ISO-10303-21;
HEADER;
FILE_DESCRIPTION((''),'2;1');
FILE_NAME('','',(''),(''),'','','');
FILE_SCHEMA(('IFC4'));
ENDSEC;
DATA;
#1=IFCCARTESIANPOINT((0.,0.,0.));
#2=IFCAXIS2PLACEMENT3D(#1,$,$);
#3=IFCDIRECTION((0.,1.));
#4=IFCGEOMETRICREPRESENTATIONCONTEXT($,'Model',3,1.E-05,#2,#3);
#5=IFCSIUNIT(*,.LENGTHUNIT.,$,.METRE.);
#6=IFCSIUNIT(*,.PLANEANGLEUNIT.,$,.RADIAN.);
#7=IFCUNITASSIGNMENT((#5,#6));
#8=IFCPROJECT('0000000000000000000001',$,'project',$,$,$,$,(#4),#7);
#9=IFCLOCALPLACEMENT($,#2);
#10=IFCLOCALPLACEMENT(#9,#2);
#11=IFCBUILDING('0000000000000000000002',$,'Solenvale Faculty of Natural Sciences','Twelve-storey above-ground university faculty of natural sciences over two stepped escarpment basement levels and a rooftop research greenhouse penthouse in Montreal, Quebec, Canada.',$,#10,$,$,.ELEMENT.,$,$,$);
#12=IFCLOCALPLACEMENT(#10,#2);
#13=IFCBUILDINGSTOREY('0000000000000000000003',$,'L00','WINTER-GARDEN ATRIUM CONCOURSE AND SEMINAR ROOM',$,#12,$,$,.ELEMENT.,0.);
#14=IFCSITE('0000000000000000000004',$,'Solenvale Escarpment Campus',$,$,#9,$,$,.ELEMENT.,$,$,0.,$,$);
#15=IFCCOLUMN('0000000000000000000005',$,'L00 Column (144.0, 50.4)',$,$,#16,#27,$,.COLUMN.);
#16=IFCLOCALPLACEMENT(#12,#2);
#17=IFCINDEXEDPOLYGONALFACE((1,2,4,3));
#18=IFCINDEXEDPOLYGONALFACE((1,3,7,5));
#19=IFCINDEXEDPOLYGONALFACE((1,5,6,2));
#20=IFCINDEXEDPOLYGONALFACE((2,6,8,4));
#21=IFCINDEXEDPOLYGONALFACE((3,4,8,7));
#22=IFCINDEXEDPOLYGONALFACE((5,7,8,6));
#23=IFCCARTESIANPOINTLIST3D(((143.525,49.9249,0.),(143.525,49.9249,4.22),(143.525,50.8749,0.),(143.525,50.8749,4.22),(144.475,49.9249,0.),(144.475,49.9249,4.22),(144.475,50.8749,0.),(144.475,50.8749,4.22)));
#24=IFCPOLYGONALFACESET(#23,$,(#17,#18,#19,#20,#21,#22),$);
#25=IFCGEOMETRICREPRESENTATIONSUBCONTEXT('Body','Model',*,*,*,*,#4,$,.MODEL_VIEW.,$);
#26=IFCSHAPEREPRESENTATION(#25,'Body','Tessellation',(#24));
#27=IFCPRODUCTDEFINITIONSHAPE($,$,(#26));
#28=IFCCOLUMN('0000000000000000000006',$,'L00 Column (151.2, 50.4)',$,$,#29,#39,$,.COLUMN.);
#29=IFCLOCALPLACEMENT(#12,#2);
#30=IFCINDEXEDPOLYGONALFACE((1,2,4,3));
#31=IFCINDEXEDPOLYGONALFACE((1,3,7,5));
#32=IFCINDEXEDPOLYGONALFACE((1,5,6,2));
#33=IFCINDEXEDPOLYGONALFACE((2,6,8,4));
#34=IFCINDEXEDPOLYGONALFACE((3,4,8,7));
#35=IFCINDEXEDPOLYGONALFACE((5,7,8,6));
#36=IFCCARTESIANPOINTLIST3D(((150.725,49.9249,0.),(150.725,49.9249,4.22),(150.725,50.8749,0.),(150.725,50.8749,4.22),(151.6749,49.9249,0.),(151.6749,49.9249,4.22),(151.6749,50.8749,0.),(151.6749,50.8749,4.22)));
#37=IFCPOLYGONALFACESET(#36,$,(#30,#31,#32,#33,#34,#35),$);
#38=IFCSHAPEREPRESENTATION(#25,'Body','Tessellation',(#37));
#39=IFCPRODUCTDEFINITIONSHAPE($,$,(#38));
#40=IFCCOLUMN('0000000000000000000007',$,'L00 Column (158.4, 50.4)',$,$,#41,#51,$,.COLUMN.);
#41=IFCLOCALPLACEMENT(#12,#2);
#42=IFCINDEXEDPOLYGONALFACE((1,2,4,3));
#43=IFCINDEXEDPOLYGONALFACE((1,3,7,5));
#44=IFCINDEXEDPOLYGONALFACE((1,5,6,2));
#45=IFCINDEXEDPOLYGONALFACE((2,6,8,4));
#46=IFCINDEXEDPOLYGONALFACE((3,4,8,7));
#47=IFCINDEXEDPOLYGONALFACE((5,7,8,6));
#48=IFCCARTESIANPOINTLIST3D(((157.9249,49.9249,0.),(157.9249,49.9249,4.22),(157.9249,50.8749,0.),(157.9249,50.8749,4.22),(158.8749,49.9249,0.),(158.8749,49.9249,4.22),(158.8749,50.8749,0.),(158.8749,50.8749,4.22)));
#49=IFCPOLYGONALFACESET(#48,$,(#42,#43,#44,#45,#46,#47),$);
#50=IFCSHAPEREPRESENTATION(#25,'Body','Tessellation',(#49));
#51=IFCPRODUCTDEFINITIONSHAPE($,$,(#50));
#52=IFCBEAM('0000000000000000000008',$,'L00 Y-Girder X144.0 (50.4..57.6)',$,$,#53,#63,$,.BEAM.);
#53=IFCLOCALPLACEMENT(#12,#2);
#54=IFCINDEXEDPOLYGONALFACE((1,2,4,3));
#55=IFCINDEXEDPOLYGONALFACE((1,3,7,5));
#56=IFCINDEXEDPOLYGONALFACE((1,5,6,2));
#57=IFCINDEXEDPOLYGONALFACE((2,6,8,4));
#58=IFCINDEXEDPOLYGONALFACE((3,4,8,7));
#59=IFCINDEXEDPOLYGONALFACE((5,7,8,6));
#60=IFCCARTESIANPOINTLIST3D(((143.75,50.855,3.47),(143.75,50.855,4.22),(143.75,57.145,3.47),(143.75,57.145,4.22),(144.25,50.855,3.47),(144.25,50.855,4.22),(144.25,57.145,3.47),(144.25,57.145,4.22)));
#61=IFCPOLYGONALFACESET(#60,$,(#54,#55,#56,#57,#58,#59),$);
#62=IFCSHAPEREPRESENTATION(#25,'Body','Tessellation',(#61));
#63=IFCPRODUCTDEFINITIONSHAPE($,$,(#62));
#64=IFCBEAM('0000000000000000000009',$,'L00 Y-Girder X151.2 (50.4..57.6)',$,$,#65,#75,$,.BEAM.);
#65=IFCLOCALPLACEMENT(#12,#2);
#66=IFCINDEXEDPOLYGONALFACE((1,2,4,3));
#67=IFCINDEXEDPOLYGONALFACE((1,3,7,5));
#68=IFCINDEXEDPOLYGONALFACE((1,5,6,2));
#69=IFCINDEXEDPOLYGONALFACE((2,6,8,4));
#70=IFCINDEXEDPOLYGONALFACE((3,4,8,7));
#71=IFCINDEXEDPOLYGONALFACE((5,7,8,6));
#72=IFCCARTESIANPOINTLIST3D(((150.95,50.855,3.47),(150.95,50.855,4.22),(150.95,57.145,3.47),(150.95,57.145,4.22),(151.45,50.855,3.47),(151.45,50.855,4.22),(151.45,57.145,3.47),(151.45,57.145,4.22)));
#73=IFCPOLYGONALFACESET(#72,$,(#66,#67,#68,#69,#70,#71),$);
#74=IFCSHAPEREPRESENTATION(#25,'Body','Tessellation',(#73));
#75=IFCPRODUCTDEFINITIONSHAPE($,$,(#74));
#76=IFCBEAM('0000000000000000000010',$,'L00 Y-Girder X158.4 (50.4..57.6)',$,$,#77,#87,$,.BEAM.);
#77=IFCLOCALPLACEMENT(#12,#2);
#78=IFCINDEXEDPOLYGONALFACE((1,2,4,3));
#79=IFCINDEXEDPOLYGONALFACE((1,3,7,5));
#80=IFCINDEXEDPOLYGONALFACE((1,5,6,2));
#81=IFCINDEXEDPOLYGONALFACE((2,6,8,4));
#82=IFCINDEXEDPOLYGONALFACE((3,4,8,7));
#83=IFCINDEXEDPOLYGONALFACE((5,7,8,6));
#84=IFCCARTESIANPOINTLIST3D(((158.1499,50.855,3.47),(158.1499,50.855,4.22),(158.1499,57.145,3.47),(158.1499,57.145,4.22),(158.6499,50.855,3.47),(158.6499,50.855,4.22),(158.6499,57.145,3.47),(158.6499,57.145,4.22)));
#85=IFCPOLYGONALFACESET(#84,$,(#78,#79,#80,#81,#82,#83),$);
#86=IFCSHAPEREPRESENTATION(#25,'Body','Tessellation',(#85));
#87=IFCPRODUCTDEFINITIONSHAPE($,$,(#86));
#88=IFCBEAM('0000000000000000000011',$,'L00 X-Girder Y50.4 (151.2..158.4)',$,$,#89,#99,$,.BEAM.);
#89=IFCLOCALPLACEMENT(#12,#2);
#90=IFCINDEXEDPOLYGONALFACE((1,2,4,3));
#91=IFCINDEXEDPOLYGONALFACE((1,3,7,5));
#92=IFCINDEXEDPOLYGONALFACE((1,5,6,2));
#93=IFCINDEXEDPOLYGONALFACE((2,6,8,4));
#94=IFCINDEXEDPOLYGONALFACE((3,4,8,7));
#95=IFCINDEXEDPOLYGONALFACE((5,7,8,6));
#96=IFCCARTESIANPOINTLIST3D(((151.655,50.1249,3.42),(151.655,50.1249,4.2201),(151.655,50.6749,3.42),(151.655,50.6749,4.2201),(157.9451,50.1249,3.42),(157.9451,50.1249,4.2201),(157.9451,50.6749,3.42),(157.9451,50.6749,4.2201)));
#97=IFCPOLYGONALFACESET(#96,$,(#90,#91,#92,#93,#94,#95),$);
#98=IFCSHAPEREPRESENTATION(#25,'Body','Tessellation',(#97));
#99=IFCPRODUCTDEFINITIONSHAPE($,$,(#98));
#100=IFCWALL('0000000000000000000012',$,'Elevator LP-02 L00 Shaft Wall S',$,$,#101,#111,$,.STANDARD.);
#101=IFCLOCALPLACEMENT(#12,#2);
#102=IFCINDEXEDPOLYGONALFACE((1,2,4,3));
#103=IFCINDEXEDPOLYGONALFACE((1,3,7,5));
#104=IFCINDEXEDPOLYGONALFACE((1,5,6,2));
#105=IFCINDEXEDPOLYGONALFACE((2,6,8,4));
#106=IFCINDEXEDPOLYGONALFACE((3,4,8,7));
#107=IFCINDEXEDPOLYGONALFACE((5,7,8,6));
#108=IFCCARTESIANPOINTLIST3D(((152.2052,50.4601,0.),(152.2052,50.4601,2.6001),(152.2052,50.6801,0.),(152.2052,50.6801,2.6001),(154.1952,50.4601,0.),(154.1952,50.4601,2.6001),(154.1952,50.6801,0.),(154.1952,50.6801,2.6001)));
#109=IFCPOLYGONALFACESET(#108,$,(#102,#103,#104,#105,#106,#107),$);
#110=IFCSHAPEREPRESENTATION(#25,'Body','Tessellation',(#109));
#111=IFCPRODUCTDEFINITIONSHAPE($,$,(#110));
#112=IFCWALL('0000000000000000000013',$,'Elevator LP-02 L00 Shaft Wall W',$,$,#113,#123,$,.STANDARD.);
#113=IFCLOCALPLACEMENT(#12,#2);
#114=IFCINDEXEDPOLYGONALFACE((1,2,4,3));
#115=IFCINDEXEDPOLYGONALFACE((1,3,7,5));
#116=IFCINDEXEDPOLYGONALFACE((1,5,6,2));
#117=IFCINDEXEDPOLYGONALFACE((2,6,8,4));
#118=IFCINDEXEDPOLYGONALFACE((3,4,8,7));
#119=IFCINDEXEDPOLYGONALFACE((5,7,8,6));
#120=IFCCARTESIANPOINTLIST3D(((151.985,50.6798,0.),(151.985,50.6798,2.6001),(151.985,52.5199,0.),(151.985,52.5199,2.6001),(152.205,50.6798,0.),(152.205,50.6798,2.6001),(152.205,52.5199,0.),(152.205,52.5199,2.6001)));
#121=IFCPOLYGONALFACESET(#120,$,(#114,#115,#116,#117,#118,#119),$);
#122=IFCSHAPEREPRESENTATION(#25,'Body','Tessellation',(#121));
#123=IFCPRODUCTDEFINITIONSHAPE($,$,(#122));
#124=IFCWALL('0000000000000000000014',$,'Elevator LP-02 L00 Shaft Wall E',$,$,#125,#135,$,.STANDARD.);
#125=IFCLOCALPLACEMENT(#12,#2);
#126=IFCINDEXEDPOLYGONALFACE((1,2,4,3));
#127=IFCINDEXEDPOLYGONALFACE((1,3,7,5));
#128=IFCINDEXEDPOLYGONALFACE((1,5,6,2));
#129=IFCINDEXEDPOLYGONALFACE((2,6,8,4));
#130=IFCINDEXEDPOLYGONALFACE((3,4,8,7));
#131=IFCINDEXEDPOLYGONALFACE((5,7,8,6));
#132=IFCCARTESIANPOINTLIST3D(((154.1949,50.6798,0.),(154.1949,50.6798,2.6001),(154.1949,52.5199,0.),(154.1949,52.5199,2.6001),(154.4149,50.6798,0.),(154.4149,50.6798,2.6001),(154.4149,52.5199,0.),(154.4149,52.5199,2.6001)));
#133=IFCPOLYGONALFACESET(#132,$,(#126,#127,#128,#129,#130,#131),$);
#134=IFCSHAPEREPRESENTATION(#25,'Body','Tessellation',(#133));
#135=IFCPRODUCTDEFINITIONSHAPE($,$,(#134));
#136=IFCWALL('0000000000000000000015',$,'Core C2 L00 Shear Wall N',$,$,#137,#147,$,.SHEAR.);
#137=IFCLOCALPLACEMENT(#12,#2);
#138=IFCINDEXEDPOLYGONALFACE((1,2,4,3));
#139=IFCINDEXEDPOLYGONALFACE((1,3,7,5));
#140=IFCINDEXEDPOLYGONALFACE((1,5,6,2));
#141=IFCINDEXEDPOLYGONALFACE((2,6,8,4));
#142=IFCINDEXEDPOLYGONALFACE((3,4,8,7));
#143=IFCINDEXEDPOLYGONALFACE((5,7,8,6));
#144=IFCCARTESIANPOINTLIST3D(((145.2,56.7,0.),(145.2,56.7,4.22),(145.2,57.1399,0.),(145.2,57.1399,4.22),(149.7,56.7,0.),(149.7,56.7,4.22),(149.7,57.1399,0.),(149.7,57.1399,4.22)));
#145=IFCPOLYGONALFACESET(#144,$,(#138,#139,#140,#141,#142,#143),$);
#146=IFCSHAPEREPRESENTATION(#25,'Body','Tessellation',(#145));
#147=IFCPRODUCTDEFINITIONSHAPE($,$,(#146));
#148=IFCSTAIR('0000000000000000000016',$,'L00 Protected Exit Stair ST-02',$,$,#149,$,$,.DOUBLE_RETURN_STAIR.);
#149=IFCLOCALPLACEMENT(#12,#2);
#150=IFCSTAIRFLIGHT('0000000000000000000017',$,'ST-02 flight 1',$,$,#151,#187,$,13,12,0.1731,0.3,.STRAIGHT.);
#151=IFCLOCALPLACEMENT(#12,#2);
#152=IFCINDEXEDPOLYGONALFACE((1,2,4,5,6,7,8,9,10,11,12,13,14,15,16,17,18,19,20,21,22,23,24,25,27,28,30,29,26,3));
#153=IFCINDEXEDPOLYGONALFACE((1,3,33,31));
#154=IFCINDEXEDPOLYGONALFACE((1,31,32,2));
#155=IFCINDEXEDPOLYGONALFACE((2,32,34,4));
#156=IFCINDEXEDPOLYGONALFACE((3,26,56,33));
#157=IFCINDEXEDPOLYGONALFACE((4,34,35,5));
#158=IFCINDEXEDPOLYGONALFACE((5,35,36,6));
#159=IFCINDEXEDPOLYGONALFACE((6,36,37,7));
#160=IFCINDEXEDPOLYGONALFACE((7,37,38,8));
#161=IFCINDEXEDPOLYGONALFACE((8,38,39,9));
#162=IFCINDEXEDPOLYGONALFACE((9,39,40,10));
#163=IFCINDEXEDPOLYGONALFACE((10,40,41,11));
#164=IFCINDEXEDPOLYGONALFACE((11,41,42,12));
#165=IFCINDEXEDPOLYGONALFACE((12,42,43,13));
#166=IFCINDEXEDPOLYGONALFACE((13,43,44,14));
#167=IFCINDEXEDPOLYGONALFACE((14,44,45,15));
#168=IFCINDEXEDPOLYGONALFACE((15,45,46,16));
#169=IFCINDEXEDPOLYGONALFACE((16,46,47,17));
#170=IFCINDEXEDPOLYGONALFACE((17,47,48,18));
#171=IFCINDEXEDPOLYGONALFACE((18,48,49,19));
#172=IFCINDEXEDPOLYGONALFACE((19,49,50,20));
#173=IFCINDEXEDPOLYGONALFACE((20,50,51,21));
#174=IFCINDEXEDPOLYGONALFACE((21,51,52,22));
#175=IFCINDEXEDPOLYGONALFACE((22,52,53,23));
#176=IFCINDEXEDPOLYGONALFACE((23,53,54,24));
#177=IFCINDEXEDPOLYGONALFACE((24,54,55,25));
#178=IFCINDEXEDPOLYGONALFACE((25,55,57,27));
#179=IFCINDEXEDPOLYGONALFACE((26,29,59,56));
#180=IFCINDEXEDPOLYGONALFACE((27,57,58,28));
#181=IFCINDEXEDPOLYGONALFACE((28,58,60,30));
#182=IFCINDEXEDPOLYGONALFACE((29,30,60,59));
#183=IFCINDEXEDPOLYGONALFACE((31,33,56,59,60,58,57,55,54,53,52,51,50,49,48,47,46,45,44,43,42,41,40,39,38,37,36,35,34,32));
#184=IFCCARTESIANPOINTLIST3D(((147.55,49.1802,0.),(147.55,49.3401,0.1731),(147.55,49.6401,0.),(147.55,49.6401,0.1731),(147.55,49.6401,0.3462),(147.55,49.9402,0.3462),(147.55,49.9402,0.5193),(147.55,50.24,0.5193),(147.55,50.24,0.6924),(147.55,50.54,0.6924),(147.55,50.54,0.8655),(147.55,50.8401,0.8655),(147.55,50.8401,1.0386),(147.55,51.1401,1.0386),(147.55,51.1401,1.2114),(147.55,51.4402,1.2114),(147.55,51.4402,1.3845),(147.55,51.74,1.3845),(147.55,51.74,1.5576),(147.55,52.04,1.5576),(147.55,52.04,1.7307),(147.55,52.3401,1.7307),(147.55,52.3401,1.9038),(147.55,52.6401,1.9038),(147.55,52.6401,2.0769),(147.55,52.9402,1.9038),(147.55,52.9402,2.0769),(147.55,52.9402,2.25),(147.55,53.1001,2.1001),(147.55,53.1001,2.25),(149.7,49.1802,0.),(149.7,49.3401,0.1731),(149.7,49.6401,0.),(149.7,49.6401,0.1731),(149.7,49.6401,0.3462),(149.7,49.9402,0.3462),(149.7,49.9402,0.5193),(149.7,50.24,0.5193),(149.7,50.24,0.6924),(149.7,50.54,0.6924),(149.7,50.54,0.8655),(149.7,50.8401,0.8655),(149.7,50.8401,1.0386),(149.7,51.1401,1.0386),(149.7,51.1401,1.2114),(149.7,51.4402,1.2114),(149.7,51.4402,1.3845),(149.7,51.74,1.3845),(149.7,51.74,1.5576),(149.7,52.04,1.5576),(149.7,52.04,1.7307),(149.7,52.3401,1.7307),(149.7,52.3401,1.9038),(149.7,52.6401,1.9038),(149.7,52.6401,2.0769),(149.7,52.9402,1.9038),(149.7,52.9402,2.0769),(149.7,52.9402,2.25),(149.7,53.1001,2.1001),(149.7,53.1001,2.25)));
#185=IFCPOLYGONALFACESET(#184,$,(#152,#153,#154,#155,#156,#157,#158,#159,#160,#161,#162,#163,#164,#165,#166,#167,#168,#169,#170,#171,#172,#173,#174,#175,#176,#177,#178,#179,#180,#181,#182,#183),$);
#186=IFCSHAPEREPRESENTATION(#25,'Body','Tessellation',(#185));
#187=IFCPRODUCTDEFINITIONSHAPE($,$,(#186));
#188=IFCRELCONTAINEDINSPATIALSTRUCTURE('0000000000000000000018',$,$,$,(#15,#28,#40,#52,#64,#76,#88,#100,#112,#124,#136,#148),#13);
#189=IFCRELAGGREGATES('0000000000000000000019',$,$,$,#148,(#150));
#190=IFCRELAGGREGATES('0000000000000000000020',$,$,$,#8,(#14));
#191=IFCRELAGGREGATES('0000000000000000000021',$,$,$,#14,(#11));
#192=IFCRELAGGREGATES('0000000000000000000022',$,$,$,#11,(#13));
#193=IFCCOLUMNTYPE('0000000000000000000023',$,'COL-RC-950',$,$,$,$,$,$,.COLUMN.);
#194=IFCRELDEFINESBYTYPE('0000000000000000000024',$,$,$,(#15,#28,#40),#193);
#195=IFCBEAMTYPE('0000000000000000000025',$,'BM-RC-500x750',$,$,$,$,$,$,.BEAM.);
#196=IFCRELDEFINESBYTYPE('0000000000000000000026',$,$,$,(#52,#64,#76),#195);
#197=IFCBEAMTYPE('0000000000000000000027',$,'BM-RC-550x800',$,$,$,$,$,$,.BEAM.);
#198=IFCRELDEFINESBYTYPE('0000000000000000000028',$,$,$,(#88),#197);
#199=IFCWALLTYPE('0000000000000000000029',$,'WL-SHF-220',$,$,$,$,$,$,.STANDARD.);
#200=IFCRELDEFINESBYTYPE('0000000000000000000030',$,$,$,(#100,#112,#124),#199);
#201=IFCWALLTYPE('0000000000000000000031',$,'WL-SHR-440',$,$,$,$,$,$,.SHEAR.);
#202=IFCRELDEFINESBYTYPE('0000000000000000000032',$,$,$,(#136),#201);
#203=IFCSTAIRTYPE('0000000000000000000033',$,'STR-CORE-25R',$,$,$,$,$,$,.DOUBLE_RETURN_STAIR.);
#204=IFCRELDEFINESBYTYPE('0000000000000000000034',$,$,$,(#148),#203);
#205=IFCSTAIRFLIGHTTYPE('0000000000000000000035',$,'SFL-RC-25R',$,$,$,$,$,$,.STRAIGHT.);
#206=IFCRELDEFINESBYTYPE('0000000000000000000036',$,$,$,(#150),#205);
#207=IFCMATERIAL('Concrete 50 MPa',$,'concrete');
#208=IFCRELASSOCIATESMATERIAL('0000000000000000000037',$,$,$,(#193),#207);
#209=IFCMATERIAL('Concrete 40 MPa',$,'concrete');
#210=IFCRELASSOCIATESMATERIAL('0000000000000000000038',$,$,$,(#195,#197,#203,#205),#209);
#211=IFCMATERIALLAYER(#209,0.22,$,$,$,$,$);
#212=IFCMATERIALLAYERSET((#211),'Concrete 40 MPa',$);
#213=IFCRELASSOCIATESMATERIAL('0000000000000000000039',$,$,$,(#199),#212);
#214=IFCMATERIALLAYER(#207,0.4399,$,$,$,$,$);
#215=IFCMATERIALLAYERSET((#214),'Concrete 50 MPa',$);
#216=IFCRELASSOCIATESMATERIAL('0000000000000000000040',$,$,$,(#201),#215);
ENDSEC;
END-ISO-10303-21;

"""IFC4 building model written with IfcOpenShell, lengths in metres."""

from ifc_helpers import new_model, si_unit, direction, frame, frame_2d, origin, origin_2d, place, context, subcontext, project, spatial, polyline, rectangle, outline, extrude, material, layer, layer_set, material_profile, profile_set, type_object, element, aggregate, save


model = new_model("IFC4")

# Units and contexts
model_context = context("Model", 3, precision=1e-05, world=origin(), true_north=direction((0.0, 1.0)))
body_context = subcontext(model_context, "Body", "Model", "MODEL_VIEW")
ifc_project = project(units=[si_unit("LENGTHUNIT", "METRE"), si_unit("PLANEANGLEUNIT", "RADIAN")], contexts=[model_context])

# Site, building, storey
site_placement = place(None, origin())
site = spatial("IfcSite", under=ifc_project, at=site_placement, Name="Solenvale Escarpment Campus", CompositionType="ELEMENT", RefElevation=0.0)
building_placement = place(site_placement, origin())
building = spatial("IfcBuilding", under=site, at=building_placement, Name="Solenvale Faculty of Natural Sciences", Description="Twelve-storey above-ground university faculty of natural sciences over two stepped escarpment basement levels and a rooftop research greenhouse penthouse in Montreal, Quebec, Canada.", CompositionType="ELEMENT")
storey_placement = place(building_placement, origin())
storey = spatial("IfcBuildingStorey", under=building, at=storey_placement, Name="L00", Description="WINTER-GARDEN ATRIUM CONCOURSE AND SEMINAR ROOM", CompositionType="ELEMENT", Elevation=0.0)

# Columns
ifc_material_1 = material(Name="Concrete 50 MPa", Category="concrete")
ifc_material_profile_1 = material_profile(ifc_material_1, rectangle(XDim=0.95, YDim=0.95, at=origin_2d()), Name="RC-COL-950x950")
ifc_profile_set_1 = profile_set([ifc_material_profile_1], Name="Concrete 50 MPa")
column_type = type_object("IfcColumnType", Name="COL-RC-950", PredefinedType="COLUMN", material=ifc_profile_set_1)
for number, where, z_axis, x_axis, name in (
    (1, (144.0, 50.3999, 0.0), (0.0, 0.0, 1.0), (1.0, 0.0, 0.0), "L00 Column (144.0, 50.4)"),
    (2, (151.2, 50.3999, 0.0), (0.0, 0.0, 1.0), (1.0, 0.0, 0.0), "L00 Column (151.2, 50.4)"),
    (3, (158.3999, 50.3999, 0.0), (0.0, 0.0, 1.0), (1.0, 0.0, 0.0), "L00 Column (158.4, 50.4)"),
):
    element("IfcColumn", number, at=place(storey_placement, frame(where, z_axis=z_axis, x_axis=x_axis)), inside=storey, type_object=column_type, Name=name, PredefinedType="COLUMN", context=body_context, shape_type="SweptSolid", body=[
        extrude(rectangle(XDim=0.95, YDim=0.95, at=origin_2d()), origin(), (0.0, 0.0, 1.0), 4.22),
    ])

# Beams
ifc_material_2 = material(Name="Concrete 40 MPa", Category="concrete")
ifc_material_profile_2 = material_profile(ifc_material_2, rectangle(XDim=0.5, YDim=0.75, at=origin_2d()), Name="RC-BM-500x750")
ifc_profile_set_2 = profile_set([ifc_material_profile_2], Name="Concrete 40 MPa")
beam_type_1 = type_object("IfcBeamType", Name="BM-RC-500x750", PredefinedType="BEAM", material=ifc_profile_set_2)
for number, where, z_axis, x_axis, name in (
    (4, (144.0, 50.855, 3.845), (0.0, 1.0, 0.0), (-1.0, 0.0, 0.0), "L00 Y-Girder X144.0 (50.4..57.6)"),
    (5, (151.2, 50.855, 3.845), (0.0, 1.0, 0.0), (-1.0, 0.0, 0.0), "L00 Y-Girder X151.2 (50.4..57.6)"),
    (6, (158.3999, 50.855, 3.845), (0.0, 1.0, 0.0), (-1.0, 0.0, 0.0), "L00 Y-Girder X158.4 (50.4..57.6)"),
):
    element("IfcBeam", number, at=place(storey_placement, frame(where, z_axis=z_axis, x_axis=x_axis)), inside=storey, type_object=beam_type_1, Name=name, PredefinedType="BEAM", context=body_context, shape_type="SweptSolid", body=[
        extrude(rectangle(XDim=0.5, YDim=0.75, at=origin_2d()), origin(), (0.0, 0.0, 1.0), 6.29),
    ])
ifc_material_profile_3 = material_profile(ifc_material_2, rectangle(XDim=0.55, YDim=0.8, at=origin_2d()), Name="RC-BM-550x800")
ifc_profile_set_3 = profile_set([ifc_material_profile_3], Name="Concrete 40 MPa")
beam_type_2 = type_object("IfcBeamType", Name="BM-RC-550x800", PredefinedType="BEAM", material=ifc_profile_set_3)
beam_placement = place(storey_placement, frame((151.655, 50.3999, 3.8201), z_axis=(1.0, 0.0, 0.0), x_axis=(0.0, 1.0, 0.0)))
element("IfcBeam", 7, at=beam_placement, inside=storey, type_object=beam_type_2, Name="L00 X-Girder Y50.4 (151.2..158.4)", PredefinedType="BEAM", context=body_context, shape_type="SweptSolid", body=[
    extrude(rectangle(XDim=0.55, YDim=0.8, at=origin_2d()), origin(), (0.0, 0.0, 1.0), 6.29),
])

# Wall
ifc_layer_1 = layer(ifc_material_2, 0.22)
ifc_layer_set_1 = layer_set([ifc_layer_1], Name="Concrete 40 MPa")
wall_type_1 = type_object("IfcWallType", Name="WL-SHF-220", PredefinedType="STANDARD", material=ifc_layer_set_1)
wall_1_placement = place(storey_placement, frame((152.2051, 50.5701, 0.0), z_axis=(0.0, 0.0, 1.0), x_axis=(1.0, 0.0, 0.0)))
element("IfcWall", 8, at=wall_1_placement, inside=storey, type_object=wall_type_1, Name="Elevator LP-02 L00 Shaft Wall S", PredefinedType="STANDARD", context=body_context, shape_type="SweptSolid", body=[
    extrude(rectangle(XDim=1.99, YDim=0.22, at=frame_2d((0.9951, 0.0))), origin(), (0.0, 0.0, 1.0), 2.6001),
])

# Walls
for number, where, z_axis, x_axis, name in (
    (9, (152.095, 50.6799, 0.0), (0.0, 0.0, 1.0), (0.0, 1.0, 0.0), "Elevator LP-02 L00 Shaft Wall W"),
    (10, (154.3049, 50.6799, 0.0), (0.0, 0.0, 1.0), (0.0, 1.0, 0.0), "Elevator LP-02 L00 Shaft Wall E"),
):
    element("IfcWall", number, at=place(storey_placement, frame(where, z_axis=z_axis, x_axis=x_axis)), inside=storey, type_object=wall_type_1, Name=name, PredefinedType="STANDARD", context=body_context, shape_type="SweptSolid", body=[
        extrude(rectangle(XDim=1.8401, YDim=0.22, at=frame_2d((0.9199, 0.0))), origin(), (0.0, 0.0, 1.0), 2.6001),
    ])
ifc_layer_2 = layer(ifc_material_1, 0.4399)
ifc_layer_set_2 = layer_set([ifc_layer_2], Name="Concrete 50 MPa")
wall_type_2 = type_object("IfcWallType", Name="WL-SHR-440", PredefinedType="SHEAR", material=ifc_layer_set_2)
wall_2_placement = place(storey_placement, frame((145.2, 56.9199, 0.0), z_axis=(0.0, 0.0, 1.0), x_axis=(1.0, 0.0, 0.0)))
element("IfcWall", 11, at=wall_2_placement, inside=storey, type_object=wall_type_2, Name="Core C2 L00 Shear Wall N", PredefinedType="SHEAR", context=body_context, shape_type="SweptSolid", body=[
    extrude(rectangle(XDim=4.5, YDim=0.4399, at=frame_2d((2.25, 0.0))), origin(), (0.0, 0.0, 1.0), 4.22),
])

# Stair, stair flight
stair_type = type_object("IfcStairType", Name="STR-CORE-25R", PredefinedType="DOUBLE_RETURN_STAIR", material=ifc_material_2)
stair_placement = place(storey_placement, origin())
stair = element("IfcStair", 12, at=stair_placement, inside=storey, type_object=stair_type, Name="L00 Protected Exit Stair ST-02", PredefinedType="DOUBLE_RETURN_STAIR")
stair_flight_type = type_object("IfcStairFlightType", Name="SFL-RC-25R", PredefinedType="STRAIGHT", material=ifc_material_2)
stair_flight_1_placement = place(storey_placement, frame((148.625, 49.3401, 0.0), z_axis=(0.0, 0.0, 1.0), x_axis=(0.0, 1.0, 0.0)))
stair_flight_1 = element("IfcStairFlight", 13, at=stair_flight_1_placement, type_object=stair_flight_type, Name="ST-02 flight 1", NumberOfRisers=13, NumberOfTreads=12, PredefinedType="STRAIGHT", RiserHeight=0.1731, TreadLength=0.3, context=body_context, shape_type="SweptSolid", body=[
    extrude(outline(polyline([(-0.1599, 0.0), (0.0, 0.1731), (0.3, 0.1731), (0.3, 0.3462), (0.6001, 0.3462), (0.6001, 0.5193), (0.8999, 0.5193), (0.8999, 0.6924), (1.2, 0.6924), (1.2, 0.8655), (1.5, 0.8655), (1.5, 1.0386), (1.8, 1.0386), (1.8, 1.2114), (2.1001, 1.2114), (2.1001, 1.3845), (2.3999, 1.3845), (2.3999, 1.5576), (2.7, 1.5576), (2.7, 1.7307), (3.0, 1.7307), (3.0, 1.9038), (3.3, 1.9038), (3.3, 2.0769), (3.6001, 2.0769), (3.6001, 2.25), (3.76, 2.25), (3.76, 2.1001), (3.6001, 1.9038), (0.3, 0.0), (-0.1599, 0.0)])), frame((0.0, 1.075, 0.0), z_axis=(0.0, -1.0, 0.0), x_axis=(1.0, 0.0, 0.0)), (0.0, 0.0, 1.0), 2.1499),
])
aggregate(stair, [stair_flight_1])

save(model, "model.ifc")
